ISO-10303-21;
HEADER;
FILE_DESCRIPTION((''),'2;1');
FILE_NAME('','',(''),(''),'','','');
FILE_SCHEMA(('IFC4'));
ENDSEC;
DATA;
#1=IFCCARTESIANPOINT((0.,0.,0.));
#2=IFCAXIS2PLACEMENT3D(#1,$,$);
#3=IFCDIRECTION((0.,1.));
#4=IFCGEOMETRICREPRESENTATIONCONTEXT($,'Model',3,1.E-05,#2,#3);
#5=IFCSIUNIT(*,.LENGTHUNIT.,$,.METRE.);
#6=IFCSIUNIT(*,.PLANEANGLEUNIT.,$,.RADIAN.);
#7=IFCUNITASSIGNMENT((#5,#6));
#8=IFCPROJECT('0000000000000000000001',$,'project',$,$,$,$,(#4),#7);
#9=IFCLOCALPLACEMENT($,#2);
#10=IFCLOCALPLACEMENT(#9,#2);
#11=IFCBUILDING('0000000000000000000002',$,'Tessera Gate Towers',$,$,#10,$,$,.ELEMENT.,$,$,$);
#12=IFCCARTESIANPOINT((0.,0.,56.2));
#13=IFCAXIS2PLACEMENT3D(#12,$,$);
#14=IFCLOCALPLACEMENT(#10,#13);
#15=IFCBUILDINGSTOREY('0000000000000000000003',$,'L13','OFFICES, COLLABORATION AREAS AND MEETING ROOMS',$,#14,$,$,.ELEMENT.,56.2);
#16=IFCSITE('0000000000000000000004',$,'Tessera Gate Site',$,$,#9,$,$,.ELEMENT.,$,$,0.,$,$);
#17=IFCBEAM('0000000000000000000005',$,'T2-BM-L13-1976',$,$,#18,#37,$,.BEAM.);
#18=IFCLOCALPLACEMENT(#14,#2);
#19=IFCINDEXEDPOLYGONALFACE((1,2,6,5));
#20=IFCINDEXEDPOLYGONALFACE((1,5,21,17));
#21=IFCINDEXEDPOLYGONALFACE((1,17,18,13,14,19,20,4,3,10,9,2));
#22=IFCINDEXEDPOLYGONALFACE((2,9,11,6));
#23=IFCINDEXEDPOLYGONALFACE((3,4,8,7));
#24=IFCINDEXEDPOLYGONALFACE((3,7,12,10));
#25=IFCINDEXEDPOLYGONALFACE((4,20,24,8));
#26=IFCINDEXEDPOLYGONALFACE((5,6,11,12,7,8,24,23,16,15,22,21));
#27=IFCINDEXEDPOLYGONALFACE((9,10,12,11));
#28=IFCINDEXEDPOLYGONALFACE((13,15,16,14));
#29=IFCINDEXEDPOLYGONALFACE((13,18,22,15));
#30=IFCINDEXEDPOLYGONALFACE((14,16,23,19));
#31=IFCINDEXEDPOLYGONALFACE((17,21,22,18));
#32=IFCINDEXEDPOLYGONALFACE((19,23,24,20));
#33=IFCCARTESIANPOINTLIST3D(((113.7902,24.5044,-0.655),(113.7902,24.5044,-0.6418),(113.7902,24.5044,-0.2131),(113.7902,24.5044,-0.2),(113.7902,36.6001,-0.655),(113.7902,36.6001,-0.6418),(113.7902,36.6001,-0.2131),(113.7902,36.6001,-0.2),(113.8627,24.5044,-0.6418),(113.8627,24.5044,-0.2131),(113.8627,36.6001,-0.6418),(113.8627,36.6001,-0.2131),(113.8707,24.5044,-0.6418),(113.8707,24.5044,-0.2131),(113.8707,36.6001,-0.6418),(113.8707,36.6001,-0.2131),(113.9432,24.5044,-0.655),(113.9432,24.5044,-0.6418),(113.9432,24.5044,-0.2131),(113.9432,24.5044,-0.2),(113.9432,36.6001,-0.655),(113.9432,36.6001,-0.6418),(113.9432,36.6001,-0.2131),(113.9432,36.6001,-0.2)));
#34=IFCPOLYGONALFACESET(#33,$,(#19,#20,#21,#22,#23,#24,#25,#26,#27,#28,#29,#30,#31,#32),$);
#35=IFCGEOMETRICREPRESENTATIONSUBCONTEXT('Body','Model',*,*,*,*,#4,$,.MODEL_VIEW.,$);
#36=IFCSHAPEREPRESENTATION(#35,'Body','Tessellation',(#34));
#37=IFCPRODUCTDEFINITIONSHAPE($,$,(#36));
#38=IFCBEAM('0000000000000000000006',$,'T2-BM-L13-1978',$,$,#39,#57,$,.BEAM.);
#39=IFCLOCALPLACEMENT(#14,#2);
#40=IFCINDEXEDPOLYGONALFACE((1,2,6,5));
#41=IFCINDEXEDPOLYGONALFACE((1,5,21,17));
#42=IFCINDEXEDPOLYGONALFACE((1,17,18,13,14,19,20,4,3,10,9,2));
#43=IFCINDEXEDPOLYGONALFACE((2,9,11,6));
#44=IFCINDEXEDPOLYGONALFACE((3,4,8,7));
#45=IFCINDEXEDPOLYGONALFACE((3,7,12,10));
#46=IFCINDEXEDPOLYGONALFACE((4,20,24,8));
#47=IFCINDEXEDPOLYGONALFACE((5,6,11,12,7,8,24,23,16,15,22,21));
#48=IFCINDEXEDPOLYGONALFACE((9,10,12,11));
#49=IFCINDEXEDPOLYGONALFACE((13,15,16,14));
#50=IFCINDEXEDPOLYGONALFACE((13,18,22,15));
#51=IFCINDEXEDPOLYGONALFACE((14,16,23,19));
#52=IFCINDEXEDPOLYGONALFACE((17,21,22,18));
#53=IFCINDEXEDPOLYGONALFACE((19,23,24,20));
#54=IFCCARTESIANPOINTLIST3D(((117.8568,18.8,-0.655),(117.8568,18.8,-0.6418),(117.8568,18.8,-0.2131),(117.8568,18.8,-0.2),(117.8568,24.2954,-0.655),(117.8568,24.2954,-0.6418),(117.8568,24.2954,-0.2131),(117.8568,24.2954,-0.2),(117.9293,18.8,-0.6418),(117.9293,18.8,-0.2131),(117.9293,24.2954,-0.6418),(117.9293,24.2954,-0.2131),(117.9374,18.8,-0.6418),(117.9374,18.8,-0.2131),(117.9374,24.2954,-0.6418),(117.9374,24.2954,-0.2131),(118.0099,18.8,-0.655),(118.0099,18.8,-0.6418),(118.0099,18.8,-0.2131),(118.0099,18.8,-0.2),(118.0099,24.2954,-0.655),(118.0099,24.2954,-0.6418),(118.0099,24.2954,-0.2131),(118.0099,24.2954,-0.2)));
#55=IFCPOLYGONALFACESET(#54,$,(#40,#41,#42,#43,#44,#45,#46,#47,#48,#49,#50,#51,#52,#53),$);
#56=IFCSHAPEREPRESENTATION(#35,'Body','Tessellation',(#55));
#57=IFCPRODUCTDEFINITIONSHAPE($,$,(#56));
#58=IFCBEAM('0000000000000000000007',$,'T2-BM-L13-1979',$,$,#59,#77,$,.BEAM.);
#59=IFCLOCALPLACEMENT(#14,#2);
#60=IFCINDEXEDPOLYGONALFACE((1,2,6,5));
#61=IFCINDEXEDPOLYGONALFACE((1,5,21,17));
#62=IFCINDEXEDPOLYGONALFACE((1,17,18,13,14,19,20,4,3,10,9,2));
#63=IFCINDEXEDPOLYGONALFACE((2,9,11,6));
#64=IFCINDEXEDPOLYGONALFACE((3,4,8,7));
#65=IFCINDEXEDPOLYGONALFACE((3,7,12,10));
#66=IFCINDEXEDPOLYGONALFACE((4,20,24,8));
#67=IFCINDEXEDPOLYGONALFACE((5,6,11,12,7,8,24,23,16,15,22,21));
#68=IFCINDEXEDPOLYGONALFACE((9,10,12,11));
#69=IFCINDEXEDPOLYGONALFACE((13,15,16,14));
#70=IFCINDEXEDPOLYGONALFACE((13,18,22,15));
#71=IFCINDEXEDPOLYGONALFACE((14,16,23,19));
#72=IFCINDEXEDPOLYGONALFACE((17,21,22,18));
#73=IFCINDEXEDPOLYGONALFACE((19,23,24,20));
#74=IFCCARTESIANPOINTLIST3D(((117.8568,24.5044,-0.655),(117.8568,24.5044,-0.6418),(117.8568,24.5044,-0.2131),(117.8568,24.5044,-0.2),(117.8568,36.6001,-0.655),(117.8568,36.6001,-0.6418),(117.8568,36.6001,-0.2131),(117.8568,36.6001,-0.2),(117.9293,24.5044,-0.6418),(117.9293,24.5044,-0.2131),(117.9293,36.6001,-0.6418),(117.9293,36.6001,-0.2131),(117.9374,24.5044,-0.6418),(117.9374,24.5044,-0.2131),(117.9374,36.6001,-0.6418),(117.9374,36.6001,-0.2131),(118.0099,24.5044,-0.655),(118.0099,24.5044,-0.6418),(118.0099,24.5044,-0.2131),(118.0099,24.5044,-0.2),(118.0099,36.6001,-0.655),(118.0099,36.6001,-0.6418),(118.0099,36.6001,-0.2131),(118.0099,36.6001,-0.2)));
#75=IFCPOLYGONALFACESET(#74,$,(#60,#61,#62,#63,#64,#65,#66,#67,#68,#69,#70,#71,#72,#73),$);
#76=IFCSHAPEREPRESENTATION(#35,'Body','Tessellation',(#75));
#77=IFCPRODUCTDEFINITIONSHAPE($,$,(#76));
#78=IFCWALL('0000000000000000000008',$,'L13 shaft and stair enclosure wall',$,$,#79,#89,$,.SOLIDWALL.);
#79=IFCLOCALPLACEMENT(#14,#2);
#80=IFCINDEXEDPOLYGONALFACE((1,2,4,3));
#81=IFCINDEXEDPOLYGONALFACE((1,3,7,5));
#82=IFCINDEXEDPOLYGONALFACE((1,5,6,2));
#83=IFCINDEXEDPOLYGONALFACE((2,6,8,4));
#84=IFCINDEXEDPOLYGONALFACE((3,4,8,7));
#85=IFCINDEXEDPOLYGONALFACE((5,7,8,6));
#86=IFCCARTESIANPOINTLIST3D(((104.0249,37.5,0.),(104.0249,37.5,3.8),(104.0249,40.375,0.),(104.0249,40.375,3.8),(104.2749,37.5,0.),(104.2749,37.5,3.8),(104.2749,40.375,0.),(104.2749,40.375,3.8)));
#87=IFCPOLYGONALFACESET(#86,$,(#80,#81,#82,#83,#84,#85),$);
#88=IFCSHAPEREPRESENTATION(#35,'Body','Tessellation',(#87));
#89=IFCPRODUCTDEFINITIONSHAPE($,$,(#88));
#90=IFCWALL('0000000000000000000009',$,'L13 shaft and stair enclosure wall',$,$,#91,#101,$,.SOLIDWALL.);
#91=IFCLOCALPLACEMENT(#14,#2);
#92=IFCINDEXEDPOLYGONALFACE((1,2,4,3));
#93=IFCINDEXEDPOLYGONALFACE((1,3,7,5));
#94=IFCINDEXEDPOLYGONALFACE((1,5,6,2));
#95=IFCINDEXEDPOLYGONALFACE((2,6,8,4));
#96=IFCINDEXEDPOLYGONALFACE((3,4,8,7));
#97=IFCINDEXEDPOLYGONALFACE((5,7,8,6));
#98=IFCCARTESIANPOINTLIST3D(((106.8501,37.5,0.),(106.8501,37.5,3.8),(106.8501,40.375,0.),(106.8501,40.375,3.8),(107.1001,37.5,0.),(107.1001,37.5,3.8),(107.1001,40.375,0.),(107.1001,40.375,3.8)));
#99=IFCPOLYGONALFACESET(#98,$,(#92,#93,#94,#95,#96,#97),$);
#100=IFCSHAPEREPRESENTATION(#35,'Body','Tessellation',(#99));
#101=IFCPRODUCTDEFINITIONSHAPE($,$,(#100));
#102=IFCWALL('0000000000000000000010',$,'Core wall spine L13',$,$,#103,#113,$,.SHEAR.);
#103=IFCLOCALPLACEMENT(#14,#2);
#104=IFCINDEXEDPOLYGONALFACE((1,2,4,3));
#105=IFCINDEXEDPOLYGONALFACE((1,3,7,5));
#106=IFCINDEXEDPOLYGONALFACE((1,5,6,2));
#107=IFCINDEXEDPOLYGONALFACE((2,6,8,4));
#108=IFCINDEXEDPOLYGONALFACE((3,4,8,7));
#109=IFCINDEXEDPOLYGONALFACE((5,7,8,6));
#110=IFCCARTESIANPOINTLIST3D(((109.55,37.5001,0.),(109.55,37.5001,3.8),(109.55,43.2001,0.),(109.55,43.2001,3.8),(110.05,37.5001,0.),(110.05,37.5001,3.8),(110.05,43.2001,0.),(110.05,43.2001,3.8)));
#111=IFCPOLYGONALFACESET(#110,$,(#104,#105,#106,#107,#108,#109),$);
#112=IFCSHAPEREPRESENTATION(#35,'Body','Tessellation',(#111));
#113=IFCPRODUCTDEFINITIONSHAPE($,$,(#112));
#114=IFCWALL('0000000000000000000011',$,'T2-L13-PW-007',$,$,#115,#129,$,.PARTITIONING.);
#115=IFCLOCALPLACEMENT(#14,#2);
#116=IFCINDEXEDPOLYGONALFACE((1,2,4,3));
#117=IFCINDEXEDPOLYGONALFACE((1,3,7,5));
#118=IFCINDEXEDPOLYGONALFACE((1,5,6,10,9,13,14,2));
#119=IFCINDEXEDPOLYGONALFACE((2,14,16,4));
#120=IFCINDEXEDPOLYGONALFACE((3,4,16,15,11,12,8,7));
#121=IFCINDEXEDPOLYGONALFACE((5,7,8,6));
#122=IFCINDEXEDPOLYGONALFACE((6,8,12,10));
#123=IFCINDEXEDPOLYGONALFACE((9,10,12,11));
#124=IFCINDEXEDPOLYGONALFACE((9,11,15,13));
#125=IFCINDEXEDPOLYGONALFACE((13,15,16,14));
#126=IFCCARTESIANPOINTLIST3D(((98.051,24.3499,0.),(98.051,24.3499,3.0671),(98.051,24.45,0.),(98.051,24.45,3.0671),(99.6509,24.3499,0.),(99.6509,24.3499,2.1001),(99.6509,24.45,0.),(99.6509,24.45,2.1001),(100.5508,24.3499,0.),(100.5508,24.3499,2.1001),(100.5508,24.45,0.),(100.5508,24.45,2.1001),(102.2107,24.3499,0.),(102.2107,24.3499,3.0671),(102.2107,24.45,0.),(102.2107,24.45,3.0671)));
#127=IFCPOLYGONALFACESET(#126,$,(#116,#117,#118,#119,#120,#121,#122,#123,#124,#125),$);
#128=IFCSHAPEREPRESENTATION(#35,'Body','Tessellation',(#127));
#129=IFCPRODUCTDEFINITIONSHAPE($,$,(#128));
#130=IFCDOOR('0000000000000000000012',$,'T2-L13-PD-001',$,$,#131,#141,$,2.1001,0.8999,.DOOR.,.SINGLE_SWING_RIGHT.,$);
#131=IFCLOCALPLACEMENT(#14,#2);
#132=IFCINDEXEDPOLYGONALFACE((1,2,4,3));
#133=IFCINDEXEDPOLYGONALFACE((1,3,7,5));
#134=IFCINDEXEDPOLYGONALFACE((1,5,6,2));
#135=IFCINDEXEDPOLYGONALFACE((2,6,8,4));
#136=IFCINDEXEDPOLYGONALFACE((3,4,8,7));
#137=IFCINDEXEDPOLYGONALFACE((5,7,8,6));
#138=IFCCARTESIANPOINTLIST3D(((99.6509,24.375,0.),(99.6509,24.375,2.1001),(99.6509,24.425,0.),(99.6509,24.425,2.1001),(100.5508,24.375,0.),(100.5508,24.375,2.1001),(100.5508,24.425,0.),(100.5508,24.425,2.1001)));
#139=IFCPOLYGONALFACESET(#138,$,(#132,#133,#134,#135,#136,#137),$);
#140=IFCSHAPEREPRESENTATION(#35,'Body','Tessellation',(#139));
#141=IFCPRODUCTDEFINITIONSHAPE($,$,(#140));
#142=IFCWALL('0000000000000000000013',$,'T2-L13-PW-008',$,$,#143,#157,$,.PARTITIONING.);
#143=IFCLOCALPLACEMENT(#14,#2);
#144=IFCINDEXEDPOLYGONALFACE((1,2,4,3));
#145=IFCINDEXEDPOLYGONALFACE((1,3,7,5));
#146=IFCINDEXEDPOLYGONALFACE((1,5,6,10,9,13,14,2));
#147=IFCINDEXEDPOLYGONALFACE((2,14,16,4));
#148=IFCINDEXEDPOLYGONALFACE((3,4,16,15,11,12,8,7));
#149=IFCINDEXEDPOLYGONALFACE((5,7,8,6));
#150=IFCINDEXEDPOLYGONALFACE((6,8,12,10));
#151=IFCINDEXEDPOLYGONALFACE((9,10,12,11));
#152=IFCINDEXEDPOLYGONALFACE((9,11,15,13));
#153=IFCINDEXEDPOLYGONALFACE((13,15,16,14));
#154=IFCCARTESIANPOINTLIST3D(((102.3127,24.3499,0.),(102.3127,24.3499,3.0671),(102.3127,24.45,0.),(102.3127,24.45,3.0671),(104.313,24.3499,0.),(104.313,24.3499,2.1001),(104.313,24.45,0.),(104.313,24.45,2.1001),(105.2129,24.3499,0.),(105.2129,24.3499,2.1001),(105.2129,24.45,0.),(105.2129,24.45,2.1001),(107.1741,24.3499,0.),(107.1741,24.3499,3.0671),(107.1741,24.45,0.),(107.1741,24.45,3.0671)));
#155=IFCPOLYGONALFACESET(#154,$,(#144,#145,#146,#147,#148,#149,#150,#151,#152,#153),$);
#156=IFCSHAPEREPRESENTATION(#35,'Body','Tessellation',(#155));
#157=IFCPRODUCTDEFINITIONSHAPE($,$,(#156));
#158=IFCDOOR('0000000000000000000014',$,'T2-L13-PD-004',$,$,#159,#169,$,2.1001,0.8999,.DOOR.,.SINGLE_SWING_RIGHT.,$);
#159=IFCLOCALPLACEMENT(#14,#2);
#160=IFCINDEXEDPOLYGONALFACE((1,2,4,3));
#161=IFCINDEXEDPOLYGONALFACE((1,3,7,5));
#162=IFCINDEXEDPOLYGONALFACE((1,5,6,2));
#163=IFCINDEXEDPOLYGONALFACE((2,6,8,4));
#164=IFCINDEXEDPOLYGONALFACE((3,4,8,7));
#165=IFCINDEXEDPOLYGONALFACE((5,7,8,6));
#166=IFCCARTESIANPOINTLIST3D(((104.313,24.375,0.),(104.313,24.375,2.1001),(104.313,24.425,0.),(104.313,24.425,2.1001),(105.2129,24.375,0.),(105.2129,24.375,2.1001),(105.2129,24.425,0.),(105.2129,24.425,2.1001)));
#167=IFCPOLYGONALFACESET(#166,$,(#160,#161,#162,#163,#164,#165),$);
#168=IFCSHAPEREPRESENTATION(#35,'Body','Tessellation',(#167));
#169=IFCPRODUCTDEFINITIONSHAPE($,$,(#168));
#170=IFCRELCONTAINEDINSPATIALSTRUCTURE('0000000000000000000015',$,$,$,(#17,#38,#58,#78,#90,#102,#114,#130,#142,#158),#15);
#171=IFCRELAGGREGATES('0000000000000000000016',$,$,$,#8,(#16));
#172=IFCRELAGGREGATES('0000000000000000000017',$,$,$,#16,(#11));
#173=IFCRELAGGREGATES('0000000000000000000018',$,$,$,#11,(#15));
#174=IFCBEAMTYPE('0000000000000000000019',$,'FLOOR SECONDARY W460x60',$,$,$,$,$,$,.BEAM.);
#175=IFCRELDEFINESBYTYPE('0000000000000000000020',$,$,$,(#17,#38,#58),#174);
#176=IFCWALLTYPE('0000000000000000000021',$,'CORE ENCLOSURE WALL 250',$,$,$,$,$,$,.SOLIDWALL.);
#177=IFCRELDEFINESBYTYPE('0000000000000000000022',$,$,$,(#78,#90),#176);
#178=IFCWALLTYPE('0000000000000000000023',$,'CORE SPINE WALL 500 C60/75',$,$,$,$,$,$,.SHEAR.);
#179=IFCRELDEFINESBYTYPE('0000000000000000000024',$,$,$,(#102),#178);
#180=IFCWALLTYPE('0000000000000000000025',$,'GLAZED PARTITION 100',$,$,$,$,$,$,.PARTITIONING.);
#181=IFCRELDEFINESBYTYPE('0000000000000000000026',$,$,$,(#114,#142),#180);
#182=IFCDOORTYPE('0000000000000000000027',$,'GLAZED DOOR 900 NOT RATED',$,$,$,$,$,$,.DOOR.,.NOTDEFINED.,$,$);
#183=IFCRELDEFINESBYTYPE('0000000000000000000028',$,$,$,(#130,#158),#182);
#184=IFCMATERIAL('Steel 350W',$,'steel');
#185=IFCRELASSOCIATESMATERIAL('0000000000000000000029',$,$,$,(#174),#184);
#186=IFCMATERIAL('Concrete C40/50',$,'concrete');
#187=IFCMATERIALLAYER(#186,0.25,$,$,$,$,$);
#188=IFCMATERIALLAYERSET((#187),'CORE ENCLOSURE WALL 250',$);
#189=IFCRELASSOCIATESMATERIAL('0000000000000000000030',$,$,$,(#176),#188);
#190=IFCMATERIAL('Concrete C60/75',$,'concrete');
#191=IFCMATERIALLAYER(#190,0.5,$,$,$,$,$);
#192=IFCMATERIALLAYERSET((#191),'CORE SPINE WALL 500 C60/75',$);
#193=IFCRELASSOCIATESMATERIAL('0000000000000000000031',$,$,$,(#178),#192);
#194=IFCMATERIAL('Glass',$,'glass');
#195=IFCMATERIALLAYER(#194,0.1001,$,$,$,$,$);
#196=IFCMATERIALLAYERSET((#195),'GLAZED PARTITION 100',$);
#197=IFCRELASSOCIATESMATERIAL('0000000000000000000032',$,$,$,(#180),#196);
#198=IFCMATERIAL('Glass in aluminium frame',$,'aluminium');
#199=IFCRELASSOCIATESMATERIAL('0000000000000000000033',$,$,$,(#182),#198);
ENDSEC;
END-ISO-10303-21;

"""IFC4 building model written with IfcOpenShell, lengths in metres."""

from ifc_helpers import new_model, si_unit, direction, frame, frame_2d, origin, origin_2d, place, context, subcontext, project, spatial, rectangle, i_section, extrude, source, transform, mapped, material, layer, layer_set, material_profile, profile_set, type_object, element, fill, save


model = new_model("IFC4")

# Units and contexts
model_context = context("Model", 3, precision=1e-05, world=origin(), true_north=direction((0.0, 1.0)))
body_context = subcontext(model_context, "Body", "Model", "MODEL_VIEW")
ifc_project = project(units=[si_unit("LENGTHUNIT", "METRE"), si_unit("PLANEANGLEUNIT", "RADIAN")], contexts=[model_context])

# Site, building, storey
site_placement = place(None, origin())
site = spatial("IfcSite", under=ifc_project, at=site_placement, Name="Tessera Gate Site", CompositionType="ELEMENT", RefElevation=0.0)
building_placement = place(site_placement, origin())
building = spatial("IfcBuilding", under=site, at=building_placement, Name="Tessera Gate Towers", CompositionType="ELEMENT")
storey_placement = place(building_placement, frame((0.0, 0.0, 56.2)))
storey = spatial("IfcBuildingStorey", under=building, at=storey_placement, Name="L13", Description="OFFICES, COLLABORATION AREAS AND MEETING ROOMS", CompositionType="ELEMENT", Elevation=56.2)

# Beams
ifc_material_1 = material(Name="Steel 350W", Category="steel")
ifc_material_profile_1 = material_profile(ifc_material_1, i_section(OverallWidth=0.1531, OverallDepth=0.4551, WebThickness=0.0081, FlangeThickness=0.0132, at=origin_2d()), Name="W460x60")
ifc_profile_set_1 = profile_set([ifc_material_profile_1], Name="Steel 350W")
beam_type_1 = type_object("IfcBeamType", Name="FLOOR SECONDARY W460x60", PredefinedType="BEAM", material=ifc_profile_set_1)
beam_1_placement = place(storey_placement, frame((113.8667, 24.5044, -0.4275), z_axis=(0.0, 1.0, 0.0), x_axis=(-1.0, 0.0, 0.0)))
element("IfcBeam", 1, at=beam_1_placement, inside=storey, type_object=beam_type_1, Name="T2-BM-L13-1976", PredefinedType="BEAM", context=body_context, shape_type="SweptSolid", body=[
    extrude(i_section(OverallWidth=0.1531, OverallDepth=0.4551, WebThickness=0.0081, FlangeThickness=0.0132, at=origin_2d()), origin(), (0.0, 0.0, 1.0), 12.0957),
])
beam_2_placement = place(storey_placement, frame((117.9333, 18.8, -0.4275), z_axis=(0.0, 1.0, 0.0), x_axis=(-1.0, 0.0, 0.0)))
element("IfcBeam", 2, at=beam_2_placement, inside=storey, type_object=beam_type_1, Name="T2-BM-L13-1978", PredefinedType="BEAM", context=body_context, shape_type="SweptSolid", body=[
    extrude(i_section(OverallWidth=0.1531, OverallDepth=0.4551, WebThickness=0.0081, FlangeThickness=0.0132, at=origin_2d()), origin(), (0.0, 0.0, 1.0), 5.4954),
])
beam_3_placement = place(storey_placement, frame((117.9333, 24.5044, -0.4275), z_axis=(0.0, 1.0, 0.0), x_axis=(-1.0, 0.0, 0.0)))
element("IfcBeam", 3, at=beam_3_placement, inside=storey, type_object=beam_type_1, Name="T2-BM-L13-1979", PredefinedType="BEAM", context=body_context, shape_type="SweptSolid", body=[
    extrude(i_section(OverallWidth=0.1531, OverallDepth=0.4551, WebThickness=0.0081, FlangeThickness=0.0132, at=origin_2d()), origin(), (0.0, 0.0, 1.0), 12.0957),
])

# Walls
ifc_material_2 = material(Name="Concrete C40/50", Category="concrete")
ifc_layer_1 = layer(ifc_material_2, 0.25)
ifc_layer_set_1 = layer_set([ifc_layer_1], Name="CORE ENCLOSURE WALL 250")
wall_type_1 = type_object("IfcWallType", Name="CORE ENCLOSURE WALL 250", PredefinedType="SOLIDWALL", material=ifc_layer_set_1)
for number, where, z_axis, x_axis, name in (
    (4, (104.1499, 37.5, 0.0), (0.0, 0.0, 1.0), (0.0, 1.0, 0.0), "L13 shaft and stair enclosure wall"),
    (5, (106.9751, 37.5, 0.0), (0.0, 0.0, 1.0), (0.0, 1.0, 0.0), "L13 shaft and stair enclosure wall"),
):
    element("IfcWall", number, at=place(storey_placement, frame(where, z_axis=z_axis, x_axis=x_axis)), inside=storey, type_object=wall_type_1, Name=name, PredefinedType="SOLIDWALL", context=body_context, shape_type="SweptSolid", body=[
        extrude(rectangle(XDim=2.875, YDim=0.25, at=frame_2d((1.4375, 0.0))), origin(), (0.0, 0.0, 1.0), 3.8),
    ])
ifc_material_3 = material(Name="Concrete C60/75", Category="concrete")
ifc_layer_2 = layer(ifc_material_3, 0.5)
ifc_layer_set_2 = layer_set([ifc_layer_2], Name="CORE SPINE WALL 500 C60/75")
wall_type_2 = type_object("IfcWallType", Name="CORE SPINE WALL 500 C60/75", PredefinedType="SHEAR", material=ifc_layer_set_2)
wall_1_placement = place(storey_placement, frame((109.8, 37.5, 0.0), z_axis=(0.0, 0.0, 1.0), x_axis=(0.0, 1.0, 0.0)))
element("IfcWall", 6, at=wall_1_placement, inside=storey, type_object=wall_type_2, Name="Core wall spine L13", PredefinedType="SHEAR", context=body_context, shape_type="SweptSolid", body=[
    extrude(rectangle(XDim=5.7, YDim=0.5, at=frame_2d((2.8501, 0.0))), origin(), (0.0, 0.0, 1.0), 3.8),
])

# Walls, openings, doors
ifc_material_4 = material(Name="Glass", Category="glass")
ifc_layer_3 = layer(ifc_material_4, 0.1001)
ifc_layer_set_3 = layer_set([ifc_layer_3], Name="GLAZED PARTITION 100")
wall_type_3 = type_object("IfcWallType", Name="GLAZED PARTITION 100", PredefinedType="PARTITIONING", material=ifc_layer_set_3)
wall_2_placement = place(storey_placement, frame((102.2107, 24.3999, 0.0), z_axis=(0.0, 0.0, 1.0), x_axis=(-1.0, 0.0, 0.0)))
wall_2 = element("IfcWall", 7, at=wall_2_placement, inside=storey, type_object=wall_type_3, Name="T2-L13-PW-007", PredefinedType="PARTITIONING", context=body_context, shape_type="SweptSolid", body=[
    extrude(rectangle(XDim=4.1597, YDim=0.1001, at=frame_2d((2.0798, 0.0))), origin(), (0.0, 0.0, 1.0), 3.0671),
])
shared_shape_1 = source(origin(), body_context, "Body", "SweptSolid", [
    extrude(rectangle(XDim=0.8999, YDim=2.1001, at=frame_2d((0.45, 1.05))), frame((0.0, 0.0601, 0.0), z_axis=(0.0, -1.0, 0.0), x_axis=(1.0, 0.0, 0.0)), (0.0, 0.0, 1.0), 0.1201),
])
opening_1_placement = place(wall_2_placement, frame((1.6599, 0.0, 0.0)))
opening_1 = element("IfcOpeningElement", 8, at=opening_1_placement, cuts=wall_2, PredefinedType="OPENING", context=body_context, shape_type="MappedRepresentation", body=[
    mapped(shared_shape_1, transform((0.0, 0.0, 0.0), scale=1.0)),
])
ifc_material_5 = material(Name="Glass in aluminium frame", Category="aluminium")
door_type = type_object("IfcDoorType", Name="GLAZED DOOR 900 NOT RATED", OperationType="NOTDEFINED", PredefinedType="DOOR", material=ifc_material_5)
shared_shape_2 = source(origin(), body_context, "Body", "SweptSolid", [
    extrude(rectangle(XDim=0.8999, YDim=2.1001, at=frame_2d((0.45, 1.05))), frame((0.0, 0.0249, 0.0), z_axis=(0.0, -1.0, 0.0), x_axis=(1.0, 0.0, 0.0)), (0.0, 0.0, 1.0), 0.05),
])
door_1_placement = place(opening_1_placement, origin())
door_1 = element("IfcDoor", 9, at=door_1_placement, inside=storey, type_object=door_type, Name="T2-L13-PD-001", OperationType="SINGLE_SWING_RIGHT", OverallHeight=2.1001, OverallWidth=0.8999, PredefinedType="DOOR", context=body_context, shape_type="MappedRepresentation", body=[
    mapped(shared_shape_2, transform((0.0, 0.0, 0.0), scale=1.0)),
])
fill(opening_1, door_1)
wall_3_placement = place(storey_placement, frame((107.1741, 24.3999, 0.0), z_axis=(0.0, 0.0, 1.0), x_axis=(-1.0, 0.0, 0.0)))
wall_3 = element("IfcWall", 10, at=wall_3_placement, inside=storey, type_object=wall_type_3, Name="T2-L13-PW-008", PredefinedType="PARTITIONING", context=body_context, shape_type="SweptSolid", body=[
    extrude(rectangle(XDim=4.8613, YDim=0.1001, at=frame_2d((2.4307, 0.0))), origin(), (0.0, 0.0, 1.0), 3.0671),
])
opening_2_placement = place(wall_3_placement, frame((1.9612, 0.0, 0.0)))
opening_2 = element("IfcOpeningElement", 11, at=opening_2_placement, cuts=wall_3, PredefinedType="OPENING", context=body_context, shape_type="MappedRepresentation", body=[
    mapped(shared_shape_1, transform((0.0, 0.0, 0.0), scale=1.0)),
])
door_2_placement = place(opening_2_placement, origin())
door_2 = element("IfcDoor", 12, at=door_2_placement, inside=storey, type_object=door_type, Name="T2-L13-PD-004", OperationType="SINGLE_SWING_RIGHT", OverallHeight=2.1001, OverallWidth=0.8999, PredefinedType="DOOR", context=body_context, shape_type="MappedRepresentation", body=[
    mapped(shared_shape_2, transform((0.0, 0.0, 0.0), scale=1.0)),
])
fill(opening_2, door_2)

save(model, "model.ifc")
